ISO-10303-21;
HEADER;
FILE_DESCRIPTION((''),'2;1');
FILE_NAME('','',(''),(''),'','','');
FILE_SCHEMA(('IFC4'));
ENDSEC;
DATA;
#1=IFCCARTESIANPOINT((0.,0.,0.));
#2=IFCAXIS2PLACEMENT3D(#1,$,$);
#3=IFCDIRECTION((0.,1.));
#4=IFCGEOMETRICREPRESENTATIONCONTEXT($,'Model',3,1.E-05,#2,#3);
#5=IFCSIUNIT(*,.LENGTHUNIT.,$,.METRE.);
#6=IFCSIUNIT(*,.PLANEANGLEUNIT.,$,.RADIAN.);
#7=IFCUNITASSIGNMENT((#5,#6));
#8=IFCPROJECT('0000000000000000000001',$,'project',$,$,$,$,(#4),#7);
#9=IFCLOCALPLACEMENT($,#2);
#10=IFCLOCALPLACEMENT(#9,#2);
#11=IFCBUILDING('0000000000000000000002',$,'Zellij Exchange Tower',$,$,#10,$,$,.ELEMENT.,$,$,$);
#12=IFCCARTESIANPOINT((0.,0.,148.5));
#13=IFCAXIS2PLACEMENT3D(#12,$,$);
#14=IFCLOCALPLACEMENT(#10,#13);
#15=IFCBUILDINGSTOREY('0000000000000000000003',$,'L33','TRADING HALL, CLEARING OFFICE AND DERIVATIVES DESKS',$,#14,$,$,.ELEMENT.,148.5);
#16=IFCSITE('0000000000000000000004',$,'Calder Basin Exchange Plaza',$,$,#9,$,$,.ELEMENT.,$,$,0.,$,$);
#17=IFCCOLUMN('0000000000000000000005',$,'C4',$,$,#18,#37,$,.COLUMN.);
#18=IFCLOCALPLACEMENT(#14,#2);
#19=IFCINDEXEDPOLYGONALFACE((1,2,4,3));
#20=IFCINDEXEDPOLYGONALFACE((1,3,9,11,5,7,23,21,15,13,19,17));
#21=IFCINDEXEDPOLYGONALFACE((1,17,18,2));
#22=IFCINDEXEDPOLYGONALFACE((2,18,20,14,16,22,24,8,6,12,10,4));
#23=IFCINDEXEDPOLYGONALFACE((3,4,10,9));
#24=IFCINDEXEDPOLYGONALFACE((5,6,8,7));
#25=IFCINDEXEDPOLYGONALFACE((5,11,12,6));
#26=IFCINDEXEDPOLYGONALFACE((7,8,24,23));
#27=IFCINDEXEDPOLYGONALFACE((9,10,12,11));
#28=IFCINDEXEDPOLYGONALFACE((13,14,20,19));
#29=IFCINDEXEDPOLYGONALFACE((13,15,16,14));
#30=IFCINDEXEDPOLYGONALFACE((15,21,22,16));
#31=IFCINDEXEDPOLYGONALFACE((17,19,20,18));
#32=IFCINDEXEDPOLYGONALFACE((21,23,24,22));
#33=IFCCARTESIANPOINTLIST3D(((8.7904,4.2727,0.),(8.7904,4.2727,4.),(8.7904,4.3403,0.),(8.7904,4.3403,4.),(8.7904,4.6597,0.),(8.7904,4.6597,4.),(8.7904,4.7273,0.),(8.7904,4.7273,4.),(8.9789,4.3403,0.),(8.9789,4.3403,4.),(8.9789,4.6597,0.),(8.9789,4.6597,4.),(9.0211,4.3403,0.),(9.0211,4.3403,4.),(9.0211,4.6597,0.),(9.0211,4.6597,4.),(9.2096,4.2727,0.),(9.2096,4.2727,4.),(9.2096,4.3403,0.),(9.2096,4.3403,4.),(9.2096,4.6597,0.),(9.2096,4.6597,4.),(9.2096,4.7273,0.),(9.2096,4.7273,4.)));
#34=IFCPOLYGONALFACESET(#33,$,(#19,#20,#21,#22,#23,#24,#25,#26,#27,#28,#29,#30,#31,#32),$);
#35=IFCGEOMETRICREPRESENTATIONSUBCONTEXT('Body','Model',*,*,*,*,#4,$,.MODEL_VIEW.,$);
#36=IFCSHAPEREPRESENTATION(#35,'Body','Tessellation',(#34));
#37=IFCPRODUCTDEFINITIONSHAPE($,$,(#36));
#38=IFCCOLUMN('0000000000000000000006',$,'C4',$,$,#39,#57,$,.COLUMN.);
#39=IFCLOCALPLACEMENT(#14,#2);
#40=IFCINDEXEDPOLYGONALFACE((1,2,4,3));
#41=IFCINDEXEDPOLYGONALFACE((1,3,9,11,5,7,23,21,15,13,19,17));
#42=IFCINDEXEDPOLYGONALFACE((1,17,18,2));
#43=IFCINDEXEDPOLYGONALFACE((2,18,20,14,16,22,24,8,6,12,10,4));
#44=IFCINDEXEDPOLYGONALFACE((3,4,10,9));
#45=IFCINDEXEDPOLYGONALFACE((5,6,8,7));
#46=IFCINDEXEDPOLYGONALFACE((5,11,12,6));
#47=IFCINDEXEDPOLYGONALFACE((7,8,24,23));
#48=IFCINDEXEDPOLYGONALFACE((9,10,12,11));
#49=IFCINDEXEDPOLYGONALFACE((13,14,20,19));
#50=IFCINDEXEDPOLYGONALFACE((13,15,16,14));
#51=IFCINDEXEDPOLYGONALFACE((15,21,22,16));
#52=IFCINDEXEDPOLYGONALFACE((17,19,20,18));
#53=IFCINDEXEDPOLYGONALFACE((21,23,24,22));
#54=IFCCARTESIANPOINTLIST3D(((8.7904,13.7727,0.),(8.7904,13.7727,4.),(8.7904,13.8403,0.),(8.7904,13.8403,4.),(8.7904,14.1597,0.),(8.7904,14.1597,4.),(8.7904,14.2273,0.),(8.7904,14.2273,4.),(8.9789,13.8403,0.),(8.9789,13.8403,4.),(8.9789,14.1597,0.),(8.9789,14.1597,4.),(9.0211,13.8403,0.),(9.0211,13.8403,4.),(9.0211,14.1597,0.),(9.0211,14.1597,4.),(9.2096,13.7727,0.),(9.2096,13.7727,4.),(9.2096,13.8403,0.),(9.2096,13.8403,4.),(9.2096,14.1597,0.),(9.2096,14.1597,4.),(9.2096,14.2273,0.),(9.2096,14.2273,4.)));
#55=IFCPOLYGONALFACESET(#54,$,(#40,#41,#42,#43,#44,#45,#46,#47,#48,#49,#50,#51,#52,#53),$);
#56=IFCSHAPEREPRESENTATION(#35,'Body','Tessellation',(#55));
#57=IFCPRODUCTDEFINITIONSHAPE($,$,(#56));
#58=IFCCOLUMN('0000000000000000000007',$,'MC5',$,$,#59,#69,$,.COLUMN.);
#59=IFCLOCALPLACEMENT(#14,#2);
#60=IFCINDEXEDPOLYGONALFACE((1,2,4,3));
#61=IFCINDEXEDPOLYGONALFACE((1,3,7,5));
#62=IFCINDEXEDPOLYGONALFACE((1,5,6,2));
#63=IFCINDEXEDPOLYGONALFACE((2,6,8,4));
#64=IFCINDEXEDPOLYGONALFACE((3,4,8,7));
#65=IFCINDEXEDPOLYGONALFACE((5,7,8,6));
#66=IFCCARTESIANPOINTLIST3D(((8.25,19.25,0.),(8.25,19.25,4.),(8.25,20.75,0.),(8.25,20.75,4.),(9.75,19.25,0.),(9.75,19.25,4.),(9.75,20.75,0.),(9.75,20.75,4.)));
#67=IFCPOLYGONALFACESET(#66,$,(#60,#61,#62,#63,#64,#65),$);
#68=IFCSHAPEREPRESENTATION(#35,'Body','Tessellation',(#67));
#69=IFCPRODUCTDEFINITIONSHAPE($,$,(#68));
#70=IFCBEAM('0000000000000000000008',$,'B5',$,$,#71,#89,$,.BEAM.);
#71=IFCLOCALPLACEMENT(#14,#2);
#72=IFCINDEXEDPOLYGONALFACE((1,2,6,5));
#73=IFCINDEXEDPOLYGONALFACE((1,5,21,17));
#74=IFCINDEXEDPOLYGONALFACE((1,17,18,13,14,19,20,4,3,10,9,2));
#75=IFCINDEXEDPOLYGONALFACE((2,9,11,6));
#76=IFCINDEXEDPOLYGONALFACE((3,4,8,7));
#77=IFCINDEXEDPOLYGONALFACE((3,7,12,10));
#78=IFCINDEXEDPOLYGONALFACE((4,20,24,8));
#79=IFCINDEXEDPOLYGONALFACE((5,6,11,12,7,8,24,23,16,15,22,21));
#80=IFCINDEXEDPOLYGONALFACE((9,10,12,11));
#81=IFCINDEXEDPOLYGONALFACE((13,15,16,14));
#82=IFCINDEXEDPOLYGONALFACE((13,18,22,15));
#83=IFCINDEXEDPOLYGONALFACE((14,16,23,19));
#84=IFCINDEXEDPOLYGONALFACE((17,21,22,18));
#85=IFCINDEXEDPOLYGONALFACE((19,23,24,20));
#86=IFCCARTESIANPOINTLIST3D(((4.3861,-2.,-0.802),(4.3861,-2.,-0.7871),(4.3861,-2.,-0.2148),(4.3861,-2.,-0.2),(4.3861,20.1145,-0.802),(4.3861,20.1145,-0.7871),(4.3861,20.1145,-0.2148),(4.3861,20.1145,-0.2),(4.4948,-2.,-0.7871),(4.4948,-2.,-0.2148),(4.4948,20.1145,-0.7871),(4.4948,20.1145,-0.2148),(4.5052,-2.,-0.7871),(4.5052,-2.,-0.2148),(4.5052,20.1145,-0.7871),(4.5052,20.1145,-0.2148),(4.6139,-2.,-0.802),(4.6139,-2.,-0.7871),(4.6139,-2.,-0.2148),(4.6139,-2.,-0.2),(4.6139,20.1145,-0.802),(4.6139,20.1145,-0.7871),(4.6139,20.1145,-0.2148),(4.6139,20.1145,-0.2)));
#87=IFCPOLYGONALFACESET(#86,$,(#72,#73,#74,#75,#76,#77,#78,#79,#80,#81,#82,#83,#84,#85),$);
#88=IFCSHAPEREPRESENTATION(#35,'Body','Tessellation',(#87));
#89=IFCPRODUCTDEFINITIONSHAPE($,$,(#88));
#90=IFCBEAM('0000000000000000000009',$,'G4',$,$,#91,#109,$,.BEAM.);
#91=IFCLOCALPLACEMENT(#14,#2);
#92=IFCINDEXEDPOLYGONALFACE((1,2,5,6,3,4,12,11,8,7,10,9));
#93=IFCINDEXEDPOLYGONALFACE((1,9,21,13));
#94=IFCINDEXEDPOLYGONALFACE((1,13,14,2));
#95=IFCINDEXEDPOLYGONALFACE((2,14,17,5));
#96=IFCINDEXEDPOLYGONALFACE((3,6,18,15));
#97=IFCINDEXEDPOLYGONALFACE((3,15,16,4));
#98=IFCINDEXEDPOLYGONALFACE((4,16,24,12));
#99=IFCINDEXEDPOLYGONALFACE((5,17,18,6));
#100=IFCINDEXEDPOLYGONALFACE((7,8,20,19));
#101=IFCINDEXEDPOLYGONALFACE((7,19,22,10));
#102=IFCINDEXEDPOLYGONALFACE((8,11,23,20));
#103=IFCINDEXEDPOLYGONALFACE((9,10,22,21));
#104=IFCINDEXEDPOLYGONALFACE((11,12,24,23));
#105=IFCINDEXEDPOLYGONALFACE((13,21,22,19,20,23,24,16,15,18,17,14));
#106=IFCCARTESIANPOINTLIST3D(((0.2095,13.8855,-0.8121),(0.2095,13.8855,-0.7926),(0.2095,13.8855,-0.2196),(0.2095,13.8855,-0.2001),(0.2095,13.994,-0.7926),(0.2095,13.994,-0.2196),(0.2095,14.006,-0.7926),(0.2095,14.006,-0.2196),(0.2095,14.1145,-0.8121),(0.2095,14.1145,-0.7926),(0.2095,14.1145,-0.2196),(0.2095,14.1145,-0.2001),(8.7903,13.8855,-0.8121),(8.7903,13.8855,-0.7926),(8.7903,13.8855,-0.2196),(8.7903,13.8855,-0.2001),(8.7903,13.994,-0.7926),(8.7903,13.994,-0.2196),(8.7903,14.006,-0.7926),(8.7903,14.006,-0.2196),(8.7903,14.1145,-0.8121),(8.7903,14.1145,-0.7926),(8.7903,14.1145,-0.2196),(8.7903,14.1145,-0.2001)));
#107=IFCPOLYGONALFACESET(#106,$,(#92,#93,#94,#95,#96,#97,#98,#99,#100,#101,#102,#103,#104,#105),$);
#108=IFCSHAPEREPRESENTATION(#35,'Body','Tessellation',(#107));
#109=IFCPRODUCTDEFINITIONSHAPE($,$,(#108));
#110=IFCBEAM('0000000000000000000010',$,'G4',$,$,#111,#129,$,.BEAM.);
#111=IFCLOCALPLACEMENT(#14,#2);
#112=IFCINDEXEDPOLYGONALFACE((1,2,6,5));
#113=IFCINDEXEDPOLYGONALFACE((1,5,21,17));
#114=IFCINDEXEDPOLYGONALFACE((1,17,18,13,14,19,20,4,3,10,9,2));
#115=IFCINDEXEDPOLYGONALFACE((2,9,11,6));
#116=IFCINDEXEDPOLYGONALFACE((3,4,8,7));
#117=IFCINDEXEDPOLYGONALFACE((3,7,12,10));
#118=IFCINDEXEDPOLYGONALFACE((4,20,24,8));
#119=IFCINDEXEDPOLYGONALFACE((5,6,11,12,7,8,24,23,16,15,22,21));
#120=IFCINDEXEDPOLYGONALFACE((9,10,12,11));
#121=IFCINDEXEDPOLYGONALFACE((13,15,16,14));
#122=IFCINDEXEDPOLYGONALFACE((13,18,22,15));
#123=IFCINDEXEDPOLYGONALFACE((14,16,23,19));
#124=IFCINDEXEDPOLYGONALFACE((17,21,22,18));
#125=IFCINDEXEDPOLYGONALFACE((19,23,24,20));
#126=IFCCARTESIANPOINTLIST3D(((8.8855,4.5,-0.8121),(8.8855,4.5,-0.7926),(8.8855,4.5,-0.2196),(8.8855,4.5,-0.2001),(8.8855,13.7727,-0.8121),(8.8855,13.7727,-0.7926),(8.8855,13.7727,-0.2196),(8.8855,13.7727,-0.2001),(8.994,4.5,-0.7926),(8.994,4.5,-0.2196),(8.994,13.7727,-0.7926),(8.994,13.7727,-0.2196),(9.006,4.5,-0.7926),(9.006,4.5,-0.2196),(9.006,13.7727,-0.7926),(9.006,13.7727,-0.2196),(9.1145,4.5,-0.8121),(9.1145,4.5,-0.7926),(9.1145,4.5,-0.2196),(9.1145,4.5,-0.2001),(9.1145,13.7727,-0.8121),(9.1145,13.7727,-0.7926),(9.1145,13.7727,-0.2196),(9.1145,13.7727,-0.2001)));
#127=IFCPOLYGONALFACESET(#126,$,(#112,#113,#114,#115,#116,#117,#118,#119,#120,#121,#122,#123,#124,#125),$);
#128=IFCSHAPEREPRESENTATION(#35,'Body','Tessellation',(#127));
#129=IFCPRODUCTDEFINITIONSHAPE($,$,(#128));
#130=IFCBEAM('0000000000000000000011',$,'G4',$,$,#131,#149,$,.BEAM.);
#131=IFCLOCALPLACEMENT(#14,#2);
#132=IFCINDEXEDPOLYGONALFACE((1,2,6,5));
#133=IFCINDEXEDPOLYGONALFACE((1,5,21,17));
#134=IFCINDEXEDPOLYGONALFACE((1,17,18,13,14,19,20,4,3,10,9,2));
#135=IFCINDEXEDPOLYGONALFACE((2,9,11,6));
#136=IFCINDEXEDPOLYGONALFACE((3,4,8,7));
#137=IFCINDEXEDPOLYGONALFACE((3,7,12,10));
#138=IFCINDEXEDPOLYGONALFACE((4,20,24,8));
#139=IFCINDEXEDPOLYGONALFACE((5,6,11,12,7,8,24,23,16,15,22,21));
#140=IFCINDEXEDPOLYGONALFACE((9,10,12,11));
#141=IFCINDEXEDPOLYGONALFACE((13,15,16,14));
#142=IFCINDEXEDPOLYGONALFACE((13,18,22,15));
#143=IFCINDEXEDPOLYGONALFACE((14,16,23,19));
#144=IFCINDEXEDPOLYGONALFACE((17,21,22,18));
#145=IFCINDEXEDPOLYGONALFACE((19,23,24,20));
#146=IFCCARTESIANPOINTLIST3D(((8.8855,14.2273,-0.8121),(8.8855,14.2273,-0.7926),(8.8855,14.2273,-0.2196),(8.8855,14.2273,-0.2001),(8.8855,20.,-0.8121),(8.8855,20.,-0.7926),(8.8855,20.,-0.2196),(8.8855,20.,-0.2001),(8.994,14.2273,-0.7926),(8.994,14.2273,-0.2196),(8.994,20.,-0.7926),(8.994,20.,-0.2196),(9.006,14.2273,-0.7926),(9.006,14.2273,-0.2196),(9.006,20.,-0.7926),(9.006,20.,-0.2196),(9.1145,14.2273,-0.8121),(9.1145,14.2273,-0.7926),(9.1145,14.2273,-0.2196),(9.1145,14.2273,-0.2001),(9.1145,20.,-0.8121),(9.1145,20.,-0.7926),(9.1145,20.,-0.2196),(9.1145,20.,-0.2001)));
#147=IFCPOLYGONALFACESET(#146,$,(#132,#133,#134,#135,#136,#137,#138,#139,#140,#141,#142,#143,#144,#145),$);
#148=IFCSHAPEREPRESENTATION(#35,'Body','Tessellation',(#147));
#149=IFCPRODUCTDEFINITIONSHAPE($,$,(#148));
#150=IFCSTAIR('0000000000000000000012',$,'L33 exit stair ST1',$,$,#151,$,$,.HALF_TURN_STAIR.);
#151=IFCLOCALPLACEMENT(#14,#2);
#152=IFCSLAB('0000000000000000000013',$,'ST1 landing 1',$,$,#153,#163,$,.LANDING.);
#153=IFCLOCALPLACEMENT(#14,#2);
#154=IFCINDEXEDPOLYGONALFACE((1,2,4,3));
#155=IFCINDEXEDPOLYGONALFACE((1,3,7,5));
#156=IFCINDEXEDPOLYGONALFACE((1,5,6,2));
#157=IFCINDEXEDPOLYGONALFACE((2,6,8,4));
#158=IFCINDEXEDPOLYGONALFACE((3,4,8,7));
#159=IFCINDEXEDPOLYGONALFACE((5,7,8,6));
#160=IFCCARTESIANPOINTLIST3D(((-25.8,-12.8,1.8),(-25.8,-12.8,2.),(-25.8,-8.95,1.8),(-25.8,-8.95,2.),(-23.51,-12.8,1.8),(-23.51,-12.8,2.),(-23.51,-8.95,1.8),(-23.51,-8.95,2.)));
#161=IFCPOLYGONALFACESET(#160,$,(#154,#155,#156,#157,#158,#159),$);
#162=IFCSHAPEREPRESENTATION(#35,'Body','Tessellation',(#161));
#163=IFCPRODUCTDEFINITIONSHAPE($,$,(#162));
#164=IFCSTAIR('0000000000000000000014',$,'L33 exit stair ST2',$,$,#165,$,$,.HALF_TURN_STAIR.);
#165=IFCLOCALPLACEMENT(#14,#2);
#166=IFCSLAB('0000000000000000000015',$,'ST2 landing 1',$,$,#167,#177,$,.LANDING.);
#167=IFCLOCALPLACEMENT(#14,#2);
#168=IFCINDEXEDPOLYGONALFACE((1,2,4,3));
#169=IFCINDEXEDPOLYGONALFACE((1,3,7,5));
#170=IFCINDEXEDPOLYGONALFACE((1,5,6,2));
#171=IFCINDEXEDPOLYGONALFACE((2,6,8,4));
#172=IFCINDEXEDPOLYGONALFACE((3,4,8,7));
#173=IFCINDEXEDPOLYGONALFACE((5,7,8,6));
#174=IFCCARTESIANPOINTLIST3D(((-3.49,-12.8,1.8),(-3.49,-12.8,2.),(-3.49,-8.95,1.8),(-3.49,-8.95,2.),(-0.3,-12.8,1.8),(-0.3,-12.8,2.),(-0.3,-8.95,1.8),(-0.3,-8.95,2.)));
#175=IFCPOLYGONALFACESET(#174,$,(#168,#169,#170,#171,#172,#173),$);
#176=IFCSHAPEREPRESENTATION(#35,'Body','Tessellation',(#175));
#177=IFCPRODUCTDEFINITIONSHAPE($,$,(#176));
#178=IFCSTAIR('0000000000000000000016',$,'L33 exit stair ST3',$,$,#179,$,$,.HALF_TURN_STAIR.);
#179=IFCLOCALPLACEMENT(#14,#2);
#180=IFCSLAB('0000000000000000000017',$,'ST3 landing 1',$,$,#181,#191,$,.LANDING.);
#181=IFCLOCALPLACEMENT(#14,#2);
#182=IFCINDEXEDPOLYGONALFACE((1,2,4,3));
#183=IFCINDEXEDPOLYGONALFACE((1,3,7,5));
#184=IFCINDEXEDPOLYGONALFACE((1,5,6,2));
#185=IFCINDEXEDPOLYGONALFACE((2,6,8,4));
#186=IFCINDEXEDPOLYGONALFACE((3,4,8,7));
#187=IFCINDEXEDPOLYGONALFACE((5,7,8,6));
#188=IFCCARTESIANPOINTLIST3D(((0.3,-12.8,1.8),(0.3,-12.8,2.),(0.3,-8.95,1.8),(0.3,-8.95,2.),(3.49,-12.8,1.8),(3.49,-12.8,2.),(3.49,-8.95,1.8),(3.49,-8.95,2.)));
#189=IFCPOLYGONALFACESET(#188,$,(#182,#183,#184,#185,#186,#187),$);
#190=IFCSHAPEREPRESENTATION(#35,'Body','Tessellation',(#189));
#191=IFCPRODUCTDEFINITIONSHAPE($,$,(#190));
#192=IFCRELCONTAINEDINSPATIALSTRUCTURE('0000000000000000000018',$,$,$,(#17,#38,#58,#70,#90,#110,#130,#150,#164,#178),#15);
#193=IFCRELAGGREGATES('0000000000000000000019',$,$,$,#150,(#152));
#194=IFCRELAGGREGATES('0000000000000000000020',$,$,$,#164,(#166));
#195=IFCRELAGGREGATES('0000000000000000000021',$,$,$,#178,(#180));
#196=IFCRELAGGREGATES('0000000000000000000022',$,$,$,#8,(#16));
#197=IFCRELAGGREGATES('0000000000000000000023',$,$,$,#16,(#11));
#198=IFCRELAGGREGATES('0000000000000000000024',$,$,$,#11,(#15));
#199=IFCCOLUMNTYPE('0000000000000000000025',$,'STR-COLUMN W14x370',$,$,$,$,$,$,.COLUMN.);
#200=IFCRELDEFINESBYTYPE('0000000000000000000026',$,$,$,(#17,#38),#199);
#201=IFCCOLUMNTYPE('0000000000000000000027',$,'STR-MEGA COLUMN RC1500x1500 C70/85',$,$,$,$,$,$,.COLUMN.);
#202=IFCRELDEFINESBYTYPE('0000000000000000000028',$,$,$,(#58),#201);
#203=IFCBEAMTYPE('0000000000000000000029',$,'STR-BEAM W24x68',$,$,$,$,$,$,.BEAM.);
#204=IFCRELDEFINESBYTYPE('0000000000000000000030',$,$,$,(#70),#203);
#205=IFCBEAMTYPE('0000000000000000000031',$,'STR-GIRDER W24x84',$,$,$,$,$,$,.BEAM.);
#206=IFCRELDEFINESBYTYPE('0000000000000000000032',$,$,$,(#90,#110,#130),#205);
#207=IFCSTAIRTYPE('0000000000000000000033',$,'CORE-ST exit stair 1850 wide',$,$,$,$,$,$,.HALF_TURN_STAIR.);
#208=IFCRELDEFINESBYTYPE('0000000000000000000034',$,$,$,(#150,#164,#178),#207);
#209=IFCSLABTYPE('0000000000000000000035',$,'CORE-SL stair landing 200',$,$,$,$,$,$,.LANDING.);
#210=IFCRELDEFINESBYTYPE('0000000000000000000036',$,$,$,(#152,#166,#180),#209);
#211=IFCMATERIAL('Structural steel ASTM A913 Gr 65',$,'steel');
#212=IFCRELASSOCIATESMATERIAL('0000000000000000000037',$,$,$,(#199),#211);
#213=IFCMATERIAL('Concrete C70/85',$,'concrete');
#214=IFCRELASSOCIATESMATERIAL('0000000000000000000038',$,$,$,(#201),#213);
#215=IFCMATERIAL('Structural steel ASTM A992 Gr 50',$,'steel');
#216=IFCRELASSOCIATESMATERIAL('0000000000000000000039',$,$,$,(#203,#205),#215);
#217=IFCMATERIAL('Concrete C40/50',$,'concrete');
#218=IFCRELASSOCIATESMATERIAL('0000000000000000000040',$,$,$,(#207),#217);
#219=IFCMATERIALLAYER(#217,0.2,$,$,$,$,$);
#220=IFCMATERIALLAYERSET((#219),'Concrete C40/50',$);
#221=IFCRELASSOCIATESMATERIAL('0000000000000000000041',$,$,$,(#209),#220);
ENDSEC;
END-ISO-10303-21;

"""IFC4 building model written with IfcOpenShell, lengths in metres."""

from ifc_helpers import new_model, si_unit, direction, frame, origin, origin_2d, place, context, subcontext, project, spatial, polyline, rectangle, i_section, outline, extrude, material, layer, layer_set, material_profile, profile_set, type_object, element, aggregate, save


model = new_model("IFC4")

# Units and contexts
model_context = context("Model", 3, precision=1e-05, world=origin(), true_north=direction((0.0, 1.0)))
body_context = subcontext(model_context, "Body", "Model", "MODEL_VIEW")
ifc_project = project(units=[si_unit("LENGTHUNIT", "METRE"), si_unit("PLANEANGLEUNIT", "RADIAN")], contexts=[model_context])

# Site, building, storey
site_placement = place(None, origin())
site = spatial("IfcSite", under=ifc_project, at=site_placement, Name="Calder Basin Exchange Plaza", CompositionType="ELEMENT", RefElevation=0.0)
building_placement = place(site_placement, origin())
building = spatial("IfcBuilding", under=site, at=building_placement, Name="Zellij Exchange Tower", CompositionType="ELEMENT")
storey_placement = place(building_placement, frame((0.0, 0.0, 148.5)))
storey = spatial("IfcBuildingStorey", under=building, at=storey_placement, Name="L33", Description="TRADING HALL, CLEARING OFFICE AND DERIVATIVES DESKS", CompositionType="ELEMENT", Elevation=148.5)

# Columns
ifc_material_1 = material(Name="Structural steel ASTM A913 Gr 65", Category="steel")
ifc_material_profile_1 = material_profile(ifc_material_1, i_section(OverallWidth=0.4192, OverallDepth=0.4546, WebThickness=0.0422, FlangeThickness=0.0676, at=origin_2d()), Name="W14x370")
ifc_profile_set_1 = profile_set([ifc_material_profile_1], Name="Structural steel ASTM A913 Gr 65")
column_type_1 = type_object("IfcColumnType", Name="STR-COLUMN W14x370", PredefinedType="COLUMN", material=ifc_profile_set_1)
for number, where, z_axis, x_axis, name in (
    (1, (9.0, 4.5, 0.0), (0.0, 0.0, 1.0), (1.0, 0.0, 0.0), "C4"),
    (2, (9.0, 14.0, 0.0), (0.0, 0.0, 1.0), (1.0, 0.0, 0.0), "C4"),
):
    element("IfcColumn", number, at=place(storey_placement, frame(where, z_axis=z_axis, x_axis=x_axis)), inside=storey, type_object=column_type_1, Name=name, PredefinedType="COLUMN", context=body_context, shape_type="SweptSolid", body=[
        extrude(i_section(OverallWidth=0.4192, OverallDepth=0.4546, WebThickness=0.0422, FlangeThickness=0.0676, at=origin_2d()), origin(), (0.0, 0.0, 1.0), 4.0),
    ])
ifc_material_2 = material(Name="Concrete C70/85", Category="concrete")
ifc_material_profile_2 = material_profile(ifc_material_2, rectangle(XDim=1.5, YDim=1.5, at=origin_2d()), Name="STR-MEGA COLUMN RC1500x1500 C70/85")
ifc_profile_set_2 = profile_set([ifc_material_profile_2], Name="Concrete C70/85")
column_type_2 = type_object("IfcColumnType", Name="STR-MEGA COLUMN RC1500x1500 C70/85", PredefinedType="COLUMN", material=ifc_profile_set_2)
column_placement = place(storey_placement, frame((9.0, 20.0, 0.0), z_axis=(0.0, 0.0, 1.0), x_axis=(1.0, 0.0, 0.0)))
element("IfcColumn", 3, at=column_placement, inside=storey, type_object=column_type_2, Name="MC5", PredefinedType="COLUMN", context=body_context, shape_type="SweptSolid", body=[
    extrude(rectangle(XDim=1.5, YDim=1.5, at=origin_2d()), origin(), (0.0, 0.0, 1.0), 4.0),
])

# Beams
ifc_material_3 = material(Name="Structural steel ASTM A992 Gr 50", Category="steel")
ifc_material_profile_3 = material_profile(ifc_material_3, i_section(OverallWidth=0.2278, OverallDepth=0.6021, WebThickness=0.0105, FlangeThickness=0.0149, at=origin_2d()), Name="W24x68")
ifc_profile_set_3 = profile_set([ifc_material_profile_3], Name="Structural steel ASTM A992 Gr 50")
beam_type_1 = type_object("IfcBeamType", Name="STR-BEAM W24x68", PredefinedType="BEAM", material=ifc_profile_set_3)
beam_1_placement = place(storey_placement, frame((4.5, -2.0, -0.501), z_axis=(0.0, 1.0, 0.0), x_axis=(-1.0, 0.0, 0.0)))
element("IfcBeam", 4, at=beam_1_placement, inside=storey, type_object=beam_type_1, Name="B5", PredefinedType="BEAM", context=body_context, shape_type="SweptSolid", body=[
    extrude(i_section(OverallWidth=0.2278, OverallDepth=0.6021, WebThickness=0.0105, FlangeThickness=0.0149, at=origin_2d()), origin(), (0.0, 0.0, 1.0), 22.1145),
])
ifc_material_profile_4 = material_profile(ifc_material_3, i_section(OverallWidth=0.229, OverallDepth=0.6121, WebThickness=0.012, FlangeThickness=0.0195, at=origin_2d()), Name="W24x84")
ifc_profile_set_4 = profile_set([ifc_material_profile_4], Name="Structural steel ASTM A992 Gr 50")
beam_type_2 = type_object("IfcBeamType", Name="STR-GIRDER W24x84", PredefinedType="BEAM", material=ifc_profile_set_4)
beam_2_placement = place(storey_placement, frame((0.2095, 14.0, -0.5061), z_axis=(1.0, 0.0, 0.0), x_axis=(0.0, 1.0, 0.0)))
element("IfcBeam", 5, at=beam_2_placement, inside=storey, type_object=beam_type_2, Name="G4", PredefinedType="BEAM", context=body_context, shape_type="SweptSolid", body=[
    extrude(i_section(OverallWidth=0.229, OverallDepth=0.6121, WebThickness=0.012, FlangeThickness=0.0195, at=origin_2d()), origin(), (0.0, 0.0, 1.0), 8.5808),
])
beam_3_placement = place(storey_placement, frame((9.0, 4.5, -0.5061), z_axis=(0.0, 1.0, 0.0), x_axis=(-1.0, 0.0, 0.0)))
element("IfcBeam", 6, at=beam_3_placement, inside=storey, type_object=beam_type_2, Name="G4", PredefinedType="BEAM", context=body_context, shape_type="SweptSolid", body=[
    extrude(i_section(OverallWidth=0.229, OverallDepth=0.6121, WebThickness=0.012, FlangeThickness=0.0195, at=origin_2d()), origin(), (0.0, 0.0, 1.0), 9.2727),
])
beam_4_placement = place(storey_placement, frame((9.0, 14.2273, -0.5061), z_axis=(0.0, 1.0, 0.0), x_axis=(-1.0, 0.0, 0.0)))
element("IfcBeam", 7, at=beam_4_placement, inside=storey, type_object=beam_type_2, Name="G4", PredefinedType="BEAM", context=body_context, shape_type="SweptSolid", body=[
    extrude(i_section(OverallWidth=0.229, OverallDepth=0.6121, WebThickness=0.012, FlangeThickness=0.0195, at=origin_2d()), origin(), (0.0, 0.0, 1.0), 5.7727),
])

# Stairs, slabs
ifc_material_4 = material(Name="Concrete C40/50", Category="concrete")
stair_type = type_object("IfcStairType", Name="CORE-ST exit stair 1850 wide", PredefinedType="HALF_TURN_STAIR", material=ifc_material_4)
stair_1_placement = place(storey_placement, origin())
stair_1 = element("IfcStair", 8, at=stair_1_placement, inside=storey, type_object=stair_type, Name="L33 exit stair ST1", PredefinedType="HALF_TURN_STAIR")
ifc_layer_1 = layer(ifc_material_4, 0.2)
ifc_layer_set_1 = layer_set([ifc_layer_1], Name="Concrete C40/50")
slab_type = type_object("IfcSlabType", Name="CORE-SL stair landing 200", PredefinedType="LANDING", material=ifc_layer_set_1)
slab_1_placement = place(storey_placement, frame((0.0, 0.0, 1.8)))
slab_1 = element("IfcSlab", 9, at=slab_1_placement, type_object=slab_type, Name="ST1 landing 1", PredefinedType="LANDING", context=body_context, shape_type="SweptSolid", body=[
    extrude(outline(polyline([(-23.51, -8.95), (-25.8, -8.95), (-25.8, -12.8), (-23.51, -12.8), (-23.51, -8.95)])), origin(), (0.0, 0.0, 1.0), 0.2),
])
aggregate(stair_1, [slab_1])
stair_2_placement = place(storey_placement, origin())
stair_2 = element("IfcStair", 10, at=stair_2_placement, inside=storey, type_object=stair_type, Name="L33 exit stair ST2", PredefinedType="HALF_TURN_STAIR")
slab_2_placement = place(storey_placement, frame((0.0, 0.0, 1.8)))
slab_2 = element("IfcSlab", 11, at=slab_2_placement, type_object=slab_type, Name="ST2 landing 1", PredefinedType="LANDING", context=body_context, shape_type="SweptSolid", body=[
    extrude(outline(polyline([(-3.49, -12.8), (-0.3, -12.8), (-0.3, -8.95), (-3.49, -8.95), (-3.49, -12.8)])), origin(), (0.0, 0.0, 1.0), 0.2),
])
aggregate(stair_2, [slab_2])
stair_3_placement = place(storey_placement, origin())
stair_3 = element("IfcStair", 12, at=stair_3_placement, inside=storey, type_object=stair_type, Name="L33 exit stair ST3", PredefinedType="HALF_TURN_STAIR")
slab_3_placement = place(storey_placement, frame((0.0, 0.0, 1.8)))
slab_3 = element("IfcSlab", 13, at=slab_3_placement, type_object=slab_type, Name="ST3 landing 1", PredefinedType="LANDING", context=body_context, shape_type="SweptSolid", body=[
    extrude(outline(polyline([(3.49, -8.95), (0.3, -8.95), (0.3, -12.8), (3.49, -12.8), (3.49, -8.95)])), origin(), (0.0, 0.0, 1.0), 0.2),
])
aggregate(stair_3, [slab_3])

save(model, "model.ifc")
